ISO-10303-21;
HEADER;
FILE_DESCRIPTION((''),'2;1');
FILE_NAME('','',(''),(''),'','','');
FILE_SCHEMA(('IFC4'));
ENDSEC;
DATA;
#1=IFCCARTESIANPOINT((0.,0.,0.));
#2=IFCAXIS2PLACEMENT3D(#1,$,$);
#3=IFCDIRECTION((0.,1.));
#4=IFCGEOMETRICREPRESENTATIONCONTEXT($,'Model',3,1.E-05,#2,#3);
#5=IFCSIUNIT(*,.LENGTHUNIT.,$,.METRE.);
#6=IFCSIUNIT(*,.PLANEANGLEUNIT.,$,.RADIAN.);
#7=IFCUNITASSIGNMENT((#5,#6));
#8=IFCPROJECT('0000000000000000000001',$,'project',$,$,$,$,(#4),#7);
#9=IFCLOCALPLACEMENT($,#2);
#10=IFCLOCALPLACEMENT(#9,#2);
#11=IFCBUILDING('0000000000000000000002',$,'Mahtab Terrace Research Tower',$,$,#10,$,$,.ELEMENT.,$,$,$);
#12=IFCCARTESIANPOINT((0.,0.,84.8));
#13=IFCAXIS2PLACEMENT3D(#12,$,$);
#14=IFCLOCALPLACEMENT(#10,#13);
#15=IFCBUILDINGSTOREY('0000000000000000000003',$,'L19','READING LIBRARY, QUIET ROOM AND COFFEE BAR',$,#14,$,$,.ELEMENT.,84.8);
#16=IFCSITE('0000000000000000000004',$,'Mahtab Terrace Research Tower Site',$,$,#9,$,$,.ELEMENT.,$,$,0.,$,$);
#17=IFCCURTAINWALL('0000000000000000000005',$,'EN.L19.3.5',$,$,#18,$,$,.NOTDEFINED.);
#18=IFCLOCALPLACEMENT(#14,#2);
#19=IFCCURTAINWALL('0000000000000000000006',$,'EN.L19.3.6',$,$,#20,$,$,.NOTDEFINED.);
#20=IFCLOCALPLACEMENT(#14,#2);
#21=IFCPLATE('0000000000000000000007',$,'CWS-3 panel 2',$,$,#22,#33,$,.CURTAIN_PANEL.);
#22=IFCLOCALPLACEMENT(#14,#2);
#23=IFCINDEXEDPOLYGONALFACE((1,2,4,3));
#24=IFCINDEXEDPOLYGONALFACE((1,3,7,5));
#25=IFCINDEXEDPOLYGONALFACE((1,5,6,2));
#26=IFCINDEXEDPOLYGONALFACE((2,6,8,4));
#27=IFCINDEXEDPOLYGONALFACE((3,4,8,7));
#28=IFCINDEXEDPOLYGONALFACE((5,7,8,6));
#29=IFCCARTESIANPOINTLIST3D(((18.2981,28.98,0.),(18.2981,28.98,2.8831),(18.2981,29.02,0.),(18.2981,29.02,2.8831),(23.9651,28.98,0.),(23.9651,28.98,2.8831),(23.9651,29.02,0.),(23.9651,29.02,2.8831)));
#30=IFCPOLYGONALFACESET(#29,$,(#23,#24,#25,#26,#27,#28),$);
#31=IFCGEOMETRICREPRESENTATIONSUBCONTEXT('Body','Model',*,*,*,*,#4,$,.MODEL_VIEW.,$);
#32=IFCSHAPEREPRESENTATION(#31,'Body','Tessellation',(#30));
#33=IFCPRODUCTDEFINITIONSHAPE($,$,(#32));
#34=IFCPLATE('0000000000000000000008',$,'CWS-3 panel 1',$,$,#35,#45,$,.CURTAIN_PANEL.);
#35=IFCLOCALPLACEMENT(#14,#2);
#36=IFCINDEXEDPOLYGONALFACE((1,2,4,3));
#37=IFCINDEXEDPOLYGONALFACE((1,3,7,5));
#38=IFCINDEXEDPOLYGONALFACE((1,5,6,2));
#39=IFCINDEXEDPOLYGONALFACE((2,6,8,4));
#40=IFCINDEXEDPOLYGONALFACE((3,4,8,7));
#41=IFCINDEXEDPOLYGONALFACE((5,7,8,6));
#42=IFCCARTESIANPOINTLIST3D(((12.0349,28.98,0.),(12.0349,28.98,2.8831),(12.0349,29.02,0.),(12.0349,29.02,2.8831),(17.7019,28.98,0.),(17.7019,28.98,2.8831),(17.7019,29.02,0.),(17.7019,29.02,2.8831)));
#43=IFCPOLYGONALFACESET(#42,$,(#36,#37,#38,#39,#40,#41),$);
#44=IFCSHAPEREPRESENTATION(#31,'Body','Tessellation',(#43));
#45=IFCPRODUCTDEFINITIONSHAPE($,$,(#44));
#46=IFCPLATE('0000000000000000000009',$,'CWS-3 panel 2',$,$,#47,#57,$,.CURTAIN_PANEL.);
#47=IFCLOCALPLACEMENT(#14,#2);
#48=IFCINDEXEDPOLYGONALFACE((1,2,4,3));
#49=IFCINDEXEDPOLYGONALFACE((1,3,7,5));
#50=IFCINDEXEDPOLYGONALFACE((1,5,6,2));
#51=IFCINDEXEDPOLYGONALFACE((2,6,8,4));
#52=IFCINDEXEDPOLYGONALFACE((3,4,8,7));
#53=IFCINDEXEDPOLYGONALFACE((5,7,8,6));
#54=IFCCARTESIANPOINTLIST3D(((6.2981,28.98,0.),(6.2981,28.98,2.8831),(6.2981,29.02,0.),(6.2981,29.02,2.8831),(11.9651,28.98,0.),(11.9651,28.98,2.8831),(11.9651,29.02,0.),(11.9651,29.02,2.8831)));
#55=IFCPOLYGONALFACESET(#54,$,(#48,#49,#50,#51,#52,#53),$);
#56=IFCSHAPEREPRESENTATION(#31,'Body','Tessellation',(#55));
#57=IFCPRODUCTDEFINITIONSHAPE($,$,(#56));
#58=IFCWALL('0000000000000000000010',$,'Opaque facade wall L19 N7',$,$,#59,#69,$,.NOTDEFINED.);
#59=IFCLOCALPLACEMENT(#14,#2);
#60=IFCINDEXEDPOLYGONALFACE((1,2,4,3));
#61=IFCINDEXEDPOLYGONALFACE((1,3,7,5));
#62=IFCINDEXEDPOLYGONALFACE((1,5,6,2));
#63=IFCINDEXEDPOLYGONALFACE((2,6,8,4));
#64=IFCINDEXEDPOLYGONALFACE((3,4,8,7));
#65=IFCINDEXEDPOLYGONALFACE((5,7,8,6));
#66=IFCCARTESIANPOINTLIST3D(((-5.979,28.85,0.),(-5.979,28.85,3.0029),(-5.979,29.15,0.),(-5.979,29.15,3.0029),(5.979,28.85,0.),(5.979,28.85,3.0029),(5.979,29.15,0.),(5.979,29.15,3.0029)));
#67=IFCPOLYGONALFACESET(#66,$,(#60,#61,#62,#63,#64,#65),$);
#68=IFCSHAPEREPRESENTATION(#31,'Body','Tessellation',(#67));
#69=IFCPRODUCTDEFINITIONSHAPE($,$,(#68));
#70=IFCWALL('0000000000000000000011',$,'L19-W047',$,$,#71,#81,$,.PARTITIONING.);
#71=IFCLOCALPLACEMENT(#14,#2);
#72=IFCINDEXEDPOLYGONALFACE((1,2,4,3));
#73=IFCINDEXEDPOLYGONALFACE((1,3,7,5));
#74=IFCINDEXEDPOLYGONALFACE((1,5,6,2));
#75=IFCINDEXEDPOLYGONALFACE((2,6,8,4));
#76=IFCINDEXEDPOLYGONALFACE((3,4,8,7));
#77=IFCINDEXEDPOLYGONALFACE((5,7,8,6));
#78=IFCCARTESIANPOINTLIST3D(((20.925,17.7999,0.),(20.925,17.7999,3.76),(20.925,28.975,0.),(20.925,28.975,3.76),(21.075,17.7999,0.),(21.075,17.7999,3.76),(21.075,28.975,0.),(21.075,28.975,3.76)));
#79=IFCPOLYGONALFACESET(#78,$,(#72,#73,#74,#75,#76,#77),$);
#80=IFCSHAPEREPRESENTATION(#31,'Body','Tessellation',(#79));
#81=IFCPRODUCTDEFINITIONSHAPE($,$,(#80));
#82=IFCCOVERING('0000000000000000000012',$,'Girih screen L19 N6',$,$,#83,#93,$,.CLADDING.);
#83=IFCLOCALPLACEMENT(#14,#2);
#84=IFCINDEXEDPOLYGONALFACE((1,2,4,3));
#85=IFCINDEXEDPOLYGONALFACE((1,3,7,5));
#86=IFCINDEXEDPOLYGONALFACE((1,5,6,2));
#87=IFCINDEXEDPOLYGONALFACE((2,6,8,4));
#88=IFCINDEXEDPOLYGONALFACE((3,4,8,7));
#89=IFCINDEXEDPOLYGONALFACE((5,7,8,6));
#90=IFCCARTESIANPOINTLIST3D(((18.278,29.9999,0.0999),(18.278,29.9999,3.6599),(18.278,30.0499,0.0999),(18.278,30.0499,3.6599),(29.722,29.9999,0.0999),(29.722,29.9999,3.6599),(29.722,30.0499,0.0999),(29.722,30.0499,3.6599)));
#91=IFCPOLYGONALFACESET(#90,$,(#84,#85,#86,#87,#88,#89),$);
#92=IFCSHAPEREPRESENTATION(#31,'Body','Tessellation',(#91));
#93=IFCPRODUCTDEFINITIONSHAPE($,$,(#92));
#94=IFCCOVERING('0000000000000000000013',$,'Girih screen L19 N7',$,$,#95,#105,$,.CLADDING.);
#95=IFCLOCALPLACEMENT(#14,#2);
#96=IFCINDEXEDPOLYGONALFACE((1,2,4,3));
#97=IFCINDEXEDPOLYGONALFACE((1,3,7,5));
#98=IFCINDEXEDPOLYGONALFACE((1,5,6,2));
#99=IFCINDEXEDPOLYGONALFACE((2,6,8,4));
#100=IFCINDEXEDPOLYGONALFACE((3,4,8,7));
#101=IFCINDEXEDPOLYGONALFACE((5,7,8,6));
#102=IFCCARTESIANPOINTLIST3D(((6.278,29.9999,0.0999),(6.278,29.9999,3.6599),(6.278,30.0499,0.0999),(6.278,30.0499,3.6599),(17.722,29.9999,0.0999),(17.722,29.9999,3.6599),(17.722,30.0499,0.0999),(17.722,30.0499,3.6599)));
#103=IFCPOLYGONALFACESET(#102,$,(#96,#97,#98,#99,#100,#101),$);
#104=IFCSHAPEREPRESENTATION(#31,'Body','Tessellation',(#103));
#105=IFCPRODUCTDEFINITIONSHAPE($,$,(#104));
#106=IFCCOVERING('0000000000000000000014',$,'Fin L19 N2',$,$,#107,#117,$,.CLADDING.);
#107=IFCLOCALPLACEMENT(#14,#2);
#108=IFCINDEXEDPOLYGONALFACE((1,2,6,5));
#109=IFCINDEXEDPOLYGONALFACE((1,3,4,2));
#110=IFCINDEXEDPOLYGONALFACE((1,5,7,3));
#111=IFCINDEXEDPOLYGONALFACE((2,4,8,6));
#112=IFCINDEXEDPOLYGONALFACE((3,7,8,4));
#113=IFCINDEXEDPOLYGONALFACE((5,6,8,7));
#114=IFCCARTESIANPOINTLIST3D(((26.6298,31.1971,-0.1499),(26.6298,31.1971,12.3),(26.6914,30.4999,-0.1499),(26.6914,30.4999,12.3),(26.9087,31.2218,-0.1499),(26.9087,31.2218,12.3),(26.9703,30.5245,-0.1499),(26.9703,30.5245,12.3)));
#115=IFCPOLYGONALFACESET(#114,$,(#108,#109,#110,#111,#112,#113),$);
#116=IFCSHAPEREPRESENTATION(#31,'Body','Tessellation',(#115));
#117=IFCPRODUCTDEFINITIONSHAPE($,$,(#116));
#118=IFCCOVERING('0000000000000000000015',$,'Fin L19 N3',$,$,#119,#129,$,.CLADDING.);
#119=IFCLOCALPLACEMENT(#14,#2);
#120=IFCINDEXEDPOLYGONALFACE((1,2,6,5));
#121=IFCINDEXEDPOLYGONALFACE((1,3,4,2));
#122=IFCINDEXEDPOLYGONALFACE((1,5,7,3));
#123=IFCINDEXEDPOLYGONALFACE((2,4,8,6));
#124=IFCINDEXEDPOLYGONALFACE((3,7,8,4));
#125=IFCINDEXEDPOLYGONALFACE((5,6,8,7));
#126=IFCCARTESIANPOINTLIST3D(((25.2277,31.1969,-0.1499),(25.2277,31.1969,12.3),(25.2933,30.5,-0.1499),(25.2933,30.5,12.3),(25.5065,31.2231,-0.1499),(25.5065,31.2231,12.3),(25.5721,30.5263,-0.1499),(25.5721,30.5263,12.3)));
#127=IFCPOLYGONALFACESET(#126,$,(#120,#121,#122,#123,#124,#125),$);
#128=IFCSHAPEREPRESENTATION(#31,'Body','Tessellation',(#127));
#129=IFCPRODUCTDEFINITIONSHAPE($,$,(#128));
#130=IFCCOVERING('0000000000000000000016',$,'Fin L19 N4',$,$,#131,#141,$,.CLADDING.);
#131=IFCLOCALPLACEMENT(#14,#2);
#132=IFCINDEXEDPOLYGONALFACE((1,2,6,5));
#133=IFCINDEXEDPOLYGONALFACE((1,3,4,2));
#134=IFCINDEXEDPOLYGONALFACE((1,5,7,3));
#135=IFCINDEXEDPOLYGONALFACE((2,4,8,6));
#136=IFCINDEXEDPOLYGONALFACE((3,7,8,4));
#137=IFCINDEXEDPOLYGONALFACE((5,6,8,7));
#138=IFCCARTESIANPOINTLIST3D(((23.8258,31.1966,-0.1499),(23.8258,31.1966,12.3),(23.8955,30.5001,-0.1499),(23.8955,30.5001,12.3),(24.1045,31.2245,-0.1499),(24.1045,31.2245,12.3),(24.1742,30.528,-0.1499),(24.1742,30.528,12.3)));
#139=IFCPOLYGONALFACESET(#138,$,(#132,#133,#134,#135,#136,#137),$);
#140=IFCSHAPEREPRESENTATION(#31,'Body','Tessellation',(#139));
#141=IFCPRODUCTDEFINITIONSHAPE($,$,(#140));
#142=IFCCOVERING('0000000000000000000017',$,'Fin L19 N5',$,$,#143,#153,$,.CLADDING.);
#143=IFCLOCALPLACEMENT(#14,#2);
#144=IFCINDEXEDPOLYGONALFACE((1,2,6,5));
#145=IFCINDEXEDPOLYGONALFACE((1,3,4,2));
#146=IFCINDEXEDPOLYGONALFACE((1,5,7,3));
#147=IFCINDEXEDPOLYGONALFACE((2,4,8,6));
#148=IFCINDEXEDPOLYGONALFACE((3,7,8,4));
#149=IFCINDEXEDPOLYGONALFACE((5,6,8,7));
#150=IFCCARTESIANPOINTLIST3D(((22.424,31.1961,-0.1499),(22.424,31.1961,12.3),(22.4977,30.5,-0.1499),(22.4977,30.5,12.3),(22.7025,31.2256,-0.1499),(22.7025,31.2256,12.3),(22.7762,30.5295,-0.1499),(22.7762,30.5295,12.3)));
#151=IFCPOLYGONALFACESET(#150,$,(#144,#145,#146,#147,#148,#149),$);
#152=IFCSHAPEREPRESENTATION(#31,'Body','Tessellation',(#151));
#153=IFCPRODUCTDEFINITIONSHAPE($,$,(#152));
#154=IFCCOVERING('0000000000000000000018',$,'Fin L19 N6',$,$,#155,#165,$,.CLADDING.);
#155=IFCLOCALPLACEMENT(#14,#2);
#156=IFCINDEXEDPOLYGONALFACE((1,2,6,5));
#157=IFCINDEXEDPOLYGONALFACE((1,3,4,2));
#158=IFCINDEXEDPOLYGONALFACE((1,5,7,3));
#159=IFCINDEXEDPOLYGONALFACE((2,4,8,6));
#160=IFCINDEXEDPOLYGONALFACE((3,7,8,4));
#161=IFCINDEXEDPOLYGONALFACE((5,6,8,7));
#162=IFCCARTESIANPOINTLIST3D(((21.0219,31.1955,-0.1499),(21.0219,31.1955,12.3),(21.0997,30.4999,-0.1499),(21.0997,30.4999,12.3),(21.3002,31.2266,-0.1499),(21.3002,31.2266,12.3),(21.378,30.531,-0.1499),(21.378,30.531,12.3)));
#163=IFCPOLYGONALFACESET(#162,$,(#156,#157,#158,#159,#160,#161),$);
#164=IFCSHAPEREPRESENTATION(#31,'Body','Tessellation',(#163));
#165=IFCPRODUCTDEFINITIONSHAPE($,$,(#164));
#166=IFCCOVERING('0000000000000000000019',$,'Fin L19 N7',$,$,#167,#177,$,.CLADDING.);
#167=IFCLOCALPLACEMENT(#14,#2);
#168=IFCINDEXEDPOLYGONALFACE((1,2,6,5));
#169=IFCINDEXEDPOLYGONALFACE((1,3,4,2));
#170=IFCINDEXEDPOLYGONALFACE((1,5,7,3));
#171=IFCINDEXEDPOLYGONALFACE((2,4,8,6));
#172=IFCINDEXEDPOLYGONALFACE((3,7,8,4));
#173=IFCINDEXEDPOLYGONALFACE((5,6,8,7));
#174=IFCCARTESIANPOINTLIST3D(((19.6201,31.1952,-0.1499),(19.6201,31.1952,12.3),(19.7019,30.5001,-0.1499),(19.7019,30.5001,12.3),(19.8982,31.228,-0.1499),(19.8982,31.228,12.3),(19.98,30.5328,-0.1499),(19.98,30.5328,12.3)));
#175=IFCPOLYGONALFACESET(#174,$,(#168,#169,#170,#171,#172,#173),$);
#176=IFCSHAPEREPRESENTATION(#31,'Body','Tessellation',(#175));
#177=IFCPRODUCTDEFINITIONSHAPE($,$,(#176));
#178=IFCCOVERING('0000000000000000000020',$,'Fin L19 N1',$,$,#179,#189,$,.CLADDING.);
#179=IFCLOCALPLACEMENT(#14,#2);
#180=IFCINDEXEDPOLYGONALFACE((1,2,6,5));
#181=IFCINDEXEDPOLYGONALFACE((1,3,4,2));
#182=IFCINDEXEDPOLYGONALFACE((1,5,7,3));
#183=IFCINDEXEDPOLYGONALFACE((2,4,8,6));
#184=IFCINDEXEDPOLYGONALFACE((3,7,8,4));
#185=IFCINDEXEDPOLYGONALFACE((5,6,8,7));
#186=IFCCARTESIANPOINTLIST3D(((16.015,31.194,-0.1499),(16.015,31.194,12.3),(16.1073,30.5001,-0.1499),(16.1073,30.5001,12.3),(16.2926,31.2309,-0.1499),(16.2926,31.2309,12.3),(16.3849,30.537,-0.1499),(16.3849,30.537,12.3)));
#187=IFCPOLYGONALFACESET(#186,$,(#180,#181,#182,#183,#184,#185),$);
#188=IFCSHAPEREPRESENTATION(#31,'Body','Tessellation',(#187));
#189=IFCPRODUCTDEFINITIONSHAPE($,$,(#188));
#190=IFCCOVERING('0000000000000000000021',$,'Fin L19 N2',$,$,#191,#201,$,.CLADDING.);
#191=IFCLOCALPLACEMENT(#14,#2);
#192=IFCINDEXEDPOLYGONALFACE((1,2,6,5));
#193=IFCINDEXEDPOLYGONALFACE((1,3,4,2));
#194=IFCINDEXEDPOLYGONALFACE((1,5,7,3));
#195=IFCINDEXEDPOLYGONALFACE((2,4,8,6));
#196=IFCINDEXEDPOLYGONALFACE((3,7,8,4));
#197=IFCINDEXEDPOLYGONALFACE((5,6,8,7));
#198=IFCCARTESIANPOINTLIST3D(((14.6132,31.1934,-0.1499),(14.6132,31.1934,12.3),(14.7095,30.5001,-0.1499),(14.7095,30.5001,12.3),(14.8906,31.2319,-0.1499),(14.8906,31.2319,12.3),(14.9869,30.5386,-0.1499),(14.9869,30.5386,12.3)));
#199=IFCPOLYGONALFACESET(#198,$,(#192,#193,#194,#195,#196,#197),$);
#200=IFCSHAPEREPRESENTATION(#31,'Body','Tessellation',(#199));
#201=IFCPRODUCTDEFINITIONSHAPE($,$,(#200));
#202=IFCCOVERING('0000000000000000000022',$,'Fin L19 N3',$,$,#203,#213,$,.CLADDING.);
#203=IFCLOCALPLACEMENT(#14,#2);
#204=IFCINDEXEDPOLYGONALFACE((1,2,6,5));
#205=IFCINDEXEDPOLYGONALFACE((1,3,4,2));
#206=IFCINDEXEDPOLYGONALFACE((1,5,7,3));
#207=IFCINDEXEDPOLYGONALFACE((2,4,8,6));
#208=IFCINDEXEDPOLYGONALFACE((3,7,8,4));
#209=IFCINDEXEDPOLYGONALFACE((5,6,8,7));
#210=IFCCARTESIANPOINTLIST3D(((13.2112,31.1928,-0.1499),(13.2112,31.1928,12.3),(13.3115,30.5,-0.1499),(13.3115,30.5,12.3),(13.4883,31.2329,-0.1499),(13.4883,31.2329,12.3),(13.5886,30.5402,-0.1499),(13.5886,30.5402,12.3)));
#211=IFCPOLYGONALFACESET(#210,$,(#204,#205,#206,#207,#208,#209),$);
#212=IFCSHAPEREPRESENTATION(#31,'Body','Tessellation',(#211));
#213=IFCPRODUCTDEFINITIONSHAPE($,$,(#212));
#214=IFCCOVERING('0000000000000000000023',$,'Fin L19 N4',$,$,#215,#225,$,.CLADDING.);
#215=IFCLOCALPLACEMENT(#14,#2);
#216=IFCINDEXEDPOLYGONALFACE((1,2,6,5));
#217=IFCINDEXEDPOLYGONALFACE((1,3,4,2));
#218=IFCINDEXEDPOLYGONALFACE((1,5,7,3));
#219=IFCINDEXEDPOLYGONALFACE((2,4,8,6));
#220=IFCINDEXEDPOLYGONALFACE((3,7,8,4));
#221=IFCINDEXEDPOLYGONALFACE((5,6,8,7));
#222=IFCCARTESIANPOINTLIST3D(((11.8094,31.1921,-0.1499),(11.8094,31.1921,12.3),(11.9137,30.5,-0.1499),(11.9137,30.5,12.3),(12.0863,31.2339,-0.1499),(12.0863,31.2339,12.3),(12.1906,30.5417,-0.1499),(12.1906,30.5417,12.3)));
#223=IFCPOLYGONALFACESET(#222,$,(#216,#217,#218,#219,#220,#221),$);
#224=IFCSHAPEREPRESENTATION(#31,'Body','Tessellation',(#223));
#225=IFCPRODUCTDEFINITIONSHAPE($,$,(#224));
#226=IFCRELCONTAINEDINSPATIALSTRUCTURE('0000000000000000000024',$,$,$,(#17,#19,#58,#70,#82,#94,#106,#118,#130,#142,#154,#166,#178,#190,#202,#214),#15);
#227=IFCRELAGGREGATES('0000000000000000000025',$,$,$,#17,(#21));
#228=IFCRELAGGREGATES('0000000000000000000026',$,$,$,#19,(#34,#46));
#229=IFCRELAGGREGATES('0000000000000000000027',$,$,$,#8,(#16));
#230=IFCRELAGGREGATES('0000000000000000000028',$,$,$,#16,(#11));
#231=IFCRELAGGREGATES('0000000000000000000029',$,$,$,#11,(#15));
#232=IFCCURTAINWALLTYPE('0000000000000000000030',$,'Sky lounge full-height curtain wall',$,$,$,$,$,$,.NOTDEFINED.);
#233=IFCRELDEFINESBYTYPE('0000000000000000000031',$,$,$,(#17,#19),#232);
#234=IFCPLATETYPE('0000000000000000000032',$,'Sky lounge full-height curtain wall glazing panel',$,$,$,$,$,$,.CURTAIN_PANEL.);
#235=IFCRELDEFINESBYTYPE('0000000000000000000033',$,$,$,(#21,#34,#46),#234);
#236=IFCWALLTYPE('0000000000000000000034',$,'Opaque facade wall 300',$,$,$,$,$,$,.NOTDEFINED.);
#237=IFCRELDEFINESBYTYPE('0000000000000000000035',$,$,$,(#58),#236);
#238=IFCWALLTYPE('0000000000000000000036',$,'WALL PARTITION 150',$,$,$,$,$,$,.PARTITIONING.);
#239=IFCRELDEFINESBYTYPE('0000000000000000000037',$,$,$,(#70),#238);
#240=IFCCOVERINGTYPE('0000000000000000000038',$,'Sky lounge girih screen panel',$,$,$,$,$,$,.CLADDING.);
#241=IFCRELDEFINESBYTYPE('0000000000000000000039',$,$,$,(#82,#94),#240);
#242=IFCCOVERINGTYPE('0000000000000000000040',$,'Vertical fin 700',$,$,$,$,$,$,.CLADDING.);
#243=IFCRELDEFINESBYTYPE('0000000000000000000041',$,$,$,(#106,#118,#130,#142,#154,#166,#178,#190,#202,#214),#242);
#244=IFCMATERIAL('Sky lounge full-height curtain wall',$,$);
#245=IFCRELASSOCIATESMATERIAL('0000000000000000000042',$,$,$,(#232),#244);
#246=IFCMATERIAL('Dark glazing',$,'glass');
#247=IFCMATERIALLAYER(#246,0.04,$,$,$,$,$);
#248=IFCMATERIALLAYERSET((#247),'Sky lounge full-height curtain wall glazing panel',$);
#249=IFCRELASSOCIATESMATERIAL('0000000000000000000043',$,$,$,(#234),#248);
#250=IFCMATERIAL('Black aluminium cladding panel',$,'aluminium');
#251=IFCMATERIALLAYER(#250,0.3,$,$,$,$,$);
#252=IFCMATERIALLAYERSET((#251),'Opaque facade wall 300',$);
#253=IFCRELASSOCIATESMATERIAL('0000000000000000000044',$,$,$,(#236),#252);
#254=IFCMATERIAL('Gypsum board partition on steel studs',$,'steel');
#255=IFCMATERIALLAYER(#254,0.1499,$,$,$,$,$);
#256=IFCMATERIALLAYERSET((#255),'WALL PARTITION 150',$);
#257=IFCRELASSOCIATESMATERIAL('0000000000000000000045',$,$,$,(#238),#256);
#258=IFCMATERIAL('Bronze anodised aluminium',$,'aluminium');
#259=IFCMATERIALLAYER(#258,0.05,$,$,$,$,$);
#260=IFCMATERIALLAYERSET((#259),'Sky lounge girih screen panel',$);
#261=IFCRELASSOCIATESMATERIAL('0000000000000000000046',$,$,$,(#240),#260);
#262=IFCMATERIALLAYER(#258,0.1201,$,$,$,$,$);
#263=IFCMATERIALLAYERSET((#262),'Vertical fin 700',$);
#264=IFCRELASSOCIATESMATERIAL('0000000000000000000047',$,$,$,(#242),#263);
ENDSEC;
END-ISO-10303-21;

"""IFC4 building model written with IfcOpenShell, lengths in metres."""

from ifc_helpers import new_model, si_unit, direction, frame, frame_2d, origin, origin_2d, place, context, subcontext, project, spatial, rectangle, extrude, material, layer, layer_set, type_object, element, aggregate, save


model = new_model("IFC4")

# Units and contexts
model_context = context("Model", 3, precision=1e-05, world=origin(), true_north=direction((0.0, 1.0)))
body_context = subcontext(model_context, "Body", "Model", "MODEL_VIEW")
ifc_project = project(units=[si_unit("LENGTHUNIT", "METRE"), si_unit("PLANEANGLEUNIT", "RADIAN")], contexts=[model_context])

# Site, building, storey
site_placement = place(None, origin())
site = spatial("IfcSite", under=ifc_project, at=site_placement, Name="Mahtab Terrace Research Tower Site", CompositionType="ELEMENT", RefElevation=0.0)
building_placement = place(site_placement, origin())
building = spatial("IfcBuilding", under=site, at=building_placement, Name="Mahtab Terrace Research Tower", CompositionType="ELEMENT")
storey_placement = place(building_placement, frame((0.0, 0.0, 84.8)))
storey = spatial("IfcBuildingStorey", under=building, at=storey_placement, Name="L19", Description="READING LIBRARY, QUIET ROOM AND COFFEE BAR", CompositionType="ELEMENT", Elevation=84.8)

# Curtain walls
ifc_material_1 = material(Name="Sky lounge full-height curtain wall")
curtain_wall_type = type_object("IfcCurtainWallType", Name="Sky lounge full-height curtain wall", PredefinedType="NOTDEFINED", material=ifc_material_1)
curtain_wall_1_placement = place(storey_placement, origin())
curtain_wall_1 = element("IfcCurtainWall", 1, at=curtain_wall_1_placement, inside=storey, type_object=curtain_wall_type, Name="EN.L19.3.5", PredefinedType="NOTDEFINED")
curtain_wall_2_placement = place(storey_placement, origin())
curtain_wall_2 = element("IfcCurtainWall", 2, at=curtain_wall_2_placement, inside=storey, type_object=curtain_wall_type, Name="EN.L19.3.6", PredefinedType="NOTDEFINED")

# Plates
ifc_material_2 = material(Name="Dark glazing", Category="glass")
ifc_layer_1 = layer(ifc_material_2, 0.04)
ifc_layer_set_1 = layer_set([ifc_layer_1], Name="Sky lounge full-height curtain wall glazing panel")
plate_type = type_object("IfcPlateType", Name="Sky lounge full-height curtain wall glazing panel", PredefinedType="CURTAIN_PANEL", material=ifc_layer_set_1)
plate_1_placement = place(storey_placement, frame((21.1316, 29.0, 0.0), z_axis=(0.0, 0.0, 1.0), x_axis=(-1.0, 0.0, 0.0)))
plate_1 = element("IfcPlate", 3, at=plate_1_placement, type_object=plate_type, Name="CWS-3 panel 2", PredefinedType="CURTAIN_PANEL", context=body_context, shape_type="SweptSolid", body=[
    extrude(rectangle(XDim=5.667, YDim=0.04, at=origin_2d()), origin(), (0.0, 0.0, 1.0), 2.8831),
])
aggregate(curtain_wall_1, [plate_1])
plate_2_placement = place(storey_placement, frame((14.8684, 29.0, 0.0), z_axis=(0.0, 0.0, 1.0), x_axis=(-1.0, 0.0, 0.0)))
plate_2 = element("IfcPlate", 4, at=plate_2_placement, type_object=plate_type, Name="CWS-3 panel 1", PredefinedType="CURTAIN_PANEL", context=body_context, shape_type="SweptSolid", body=[
    extrude(rectangle(XDim=5.667, YDim=0.04, at=origin_2d()), origin(), (0.0, 0.0, 1.0), 2.8831),
])
plate_3_placement = place(storey_placement, frame((9.1316, 29.0, 0.0), z_axis=(0.0, 0.0, 1.0), x_axis=(-1.0, 0.0, 0.0)))
plate_3 = element("IfcPlate", 5, at=plate_3_placement, type_object=plate_type, Name="CWS-3 panel 2", PredefinedType="CURTAIN_PANEL", context=body_context, shape_type="SweptSolid", body=[
    extrude(rectangle(XDim=5.667, YDim=0.04, at=origin_2d()), origin(), (0.0, 0.0, 1.0), 2.8831),
])
aggregate(curtain_wall_2, [plate_2, plate_3])

# Walls
ifc_material_3 = material(Name="Black aluminium cladding panel", Category="aluminium")
ifc_layer_2 = layer(ifc_material_3, 0.3)
ifc_layer_set_2 = layer_set([ifc_layer_2], Name="Opaque facade wall 300")
wall_type_1 = type_object("IfcWallType", Name="Opaque facade wall 300", PredefinedType="NOTDEFINED", material=ifc_layer_set_2)
wall_1_placement = place(storey_placement, frame((5.979, 29.0, 0.0), z_axis=(0.0, 0.0, 1.0), x_axis=(-1.0, 0.0, 0.0)))
element("IfcWall", 6, at=wall_1_placement, inside=storey, type_object=wall_type_1, Name="Opaque facade wall L19 N7", PredefinedType="NOTDEFINED", context=body_context, shape_type="SweptSolid", body=[
    extrude(rectangle(XDim=11.958, YDim=0.3, at=frame_2d((5.979, 0.0))), origin(), (0.0, 0.0, 1.0), 3.0029),
])
ifc_material_4 = material(Name="Gypsum board partition on steel studs", Category="steel")
ifc_layer_3 = layer(ifc_material_4, 0.1499)
ifc_layer_set_3 = layer_set([ifc_layer_3], Name="WALL PARTITION 150")
wall_type_2 = type_object("IfcWallType", Name="WALL PARTITION 150", PredefinedType="PARTITIONING", material=ifc_layer_set_3)
wall_2_placement = place(storey_placement, frame((21.0, 17.8, 0.0), z_axis=(0.0, 0.0, 1.0), x_axis=(0.0, 1.0, 0.0)))
element("IfcWall", 7, at=wall_2_placement, inside=storey, type_object=wall_type_2, Name="L19-W047", PredefinedType="PARTITIONING", context=body_context, shape_type="SweptSolid", body=[
    extrude(rectangle(XDim=11.175, YDim=0.1499, at=frame_2d((5.5874, 0.0))), origin(), (0.0, 0.0, 1.0), 3.76),
])

# Coverings
ifc_material_5 = material(Name="Bronze anodised aluminium", Category="aluminium")
ifc_layer_4 = layer(ifc_material_5, 0.05)
ifc_layer_set_4 = layer_set([ifc_layer_4], Name="Sky lounge girih screen panel")
covering_type_1 = type_object("IfcCoveringType", Name="Sky lounge girih screen panel", PredefinedType="CLADDING", material=ifc_layer_set_4)
for number, where, z_axis, x_axis, name in (
    (8, (24.0, 30.0249, 0.0999), (0.0, 0.0, 1.0), (-1.0, 0.0, 0.0), "Girih screen L19 N6"),
    (9, (12.0, 30.0249, 0.0999), (0.0, 0.0, 1.0), (-1.0, 0.0, 0.0), "Girih screen L19 N7"),
):
    element("IfcCovering", number, at=place(storey_placement, frame(where, z_axis=z_axis, x_axis=x_axis)), inside=storey, type_object=covering_type_1, Name=name, PredefinedType="CLADDING", context=body_context, shape_type="SweptSolid", body=[
        extrude(rectangle(XDim=11.4441, YDim=0.05, at=origin_2d()), origin(), (0.0, 0.0, 1.0), 3.5601),
    ])
ifc_layer_5 = layer(ifc_material_5, 0.1201)
ifc_layer_set_5 = layer_set([ifc_layer_5], Name="Vertical fin 700")
covering_type_2 = type_object("IfcCoveringType", Name="Vertical fin 700", PredefinedType="CLADDING", material=ifc_layer_set_5)
for number, where, z_axis, x_axis, name in (
    (10, (26.8, 30.8608, -0.1499), (0.0, 0.0, 1.0), (-0.996122, -0.087984, 0.0), "Fin L19 N2"),
    (11, (25.3999, 30.8616, -0.1499), (0.0, 0.0, 1.0), (-0.995593, -0.093777, 0.0), "Fin L19 N3"),
    (12, (24.0, 30.8623, -0.1499), (0.0, 0.0, 1.0), (-0.995031, -0.099568, 0.0), "Fin L19 N4"),
    (13, (22.6001, 30.8628, -0.1499), (0.0, 0.0, 1.0), (-0.994435, -0.105355, 0.0), "Fin L19 N5"),
    (14, (21.2, 30.8633, -0.1499), (0.0, 0.0, 1.0), (-0.993805, -0.111139, 0.0), "Fin L19 N6"),
    (15, (19.8, 30.864, -0.1499), (0.0, 0.0, 1.0), (-0.993142, -0.116918, 0.0), "Fin L19 N7"),
    (16, (16.2, 30.8655, -0.1499), (0.0, 0.0, 1.0), (-0.991281, -0.131762, 0.0), "Fin L19 N1"),
    (17, (14.8, 30.866, -0.1499), (0.0, 0.0, 1.0), (-0.990498, -0.137527, 0.0), "Fin L19 N2"),
    (18, (13.3999, 30.8665, -0.1499), (0.0, 0.0, 1.0), (-0.989681, -0.143287, 0.0), "Fin L19 N3"),
    (19, (12.0, 30.8669, -0.1499), (0.0, 0.0, 1.0), (-0.988831, -0.149042, 0.0), "Fin L19 N4"),
):
    element("IfcCovering", number, at=place(storey_placement, frame(where, z_axis=z_axis, x_axis=x_axis)), inside=storey, type_object=covering_type_2, Name=name, PredefinedType="CLADDING", context=body_context, shape_type="SweptSolid", body=[
        extrude(rectangle(XDim=0.28, YDim=0.7, at=origin_2d()), origin(), (0.0, 0.0, 1.0), 12.45),
    ])

save(model, "model.ifc")
